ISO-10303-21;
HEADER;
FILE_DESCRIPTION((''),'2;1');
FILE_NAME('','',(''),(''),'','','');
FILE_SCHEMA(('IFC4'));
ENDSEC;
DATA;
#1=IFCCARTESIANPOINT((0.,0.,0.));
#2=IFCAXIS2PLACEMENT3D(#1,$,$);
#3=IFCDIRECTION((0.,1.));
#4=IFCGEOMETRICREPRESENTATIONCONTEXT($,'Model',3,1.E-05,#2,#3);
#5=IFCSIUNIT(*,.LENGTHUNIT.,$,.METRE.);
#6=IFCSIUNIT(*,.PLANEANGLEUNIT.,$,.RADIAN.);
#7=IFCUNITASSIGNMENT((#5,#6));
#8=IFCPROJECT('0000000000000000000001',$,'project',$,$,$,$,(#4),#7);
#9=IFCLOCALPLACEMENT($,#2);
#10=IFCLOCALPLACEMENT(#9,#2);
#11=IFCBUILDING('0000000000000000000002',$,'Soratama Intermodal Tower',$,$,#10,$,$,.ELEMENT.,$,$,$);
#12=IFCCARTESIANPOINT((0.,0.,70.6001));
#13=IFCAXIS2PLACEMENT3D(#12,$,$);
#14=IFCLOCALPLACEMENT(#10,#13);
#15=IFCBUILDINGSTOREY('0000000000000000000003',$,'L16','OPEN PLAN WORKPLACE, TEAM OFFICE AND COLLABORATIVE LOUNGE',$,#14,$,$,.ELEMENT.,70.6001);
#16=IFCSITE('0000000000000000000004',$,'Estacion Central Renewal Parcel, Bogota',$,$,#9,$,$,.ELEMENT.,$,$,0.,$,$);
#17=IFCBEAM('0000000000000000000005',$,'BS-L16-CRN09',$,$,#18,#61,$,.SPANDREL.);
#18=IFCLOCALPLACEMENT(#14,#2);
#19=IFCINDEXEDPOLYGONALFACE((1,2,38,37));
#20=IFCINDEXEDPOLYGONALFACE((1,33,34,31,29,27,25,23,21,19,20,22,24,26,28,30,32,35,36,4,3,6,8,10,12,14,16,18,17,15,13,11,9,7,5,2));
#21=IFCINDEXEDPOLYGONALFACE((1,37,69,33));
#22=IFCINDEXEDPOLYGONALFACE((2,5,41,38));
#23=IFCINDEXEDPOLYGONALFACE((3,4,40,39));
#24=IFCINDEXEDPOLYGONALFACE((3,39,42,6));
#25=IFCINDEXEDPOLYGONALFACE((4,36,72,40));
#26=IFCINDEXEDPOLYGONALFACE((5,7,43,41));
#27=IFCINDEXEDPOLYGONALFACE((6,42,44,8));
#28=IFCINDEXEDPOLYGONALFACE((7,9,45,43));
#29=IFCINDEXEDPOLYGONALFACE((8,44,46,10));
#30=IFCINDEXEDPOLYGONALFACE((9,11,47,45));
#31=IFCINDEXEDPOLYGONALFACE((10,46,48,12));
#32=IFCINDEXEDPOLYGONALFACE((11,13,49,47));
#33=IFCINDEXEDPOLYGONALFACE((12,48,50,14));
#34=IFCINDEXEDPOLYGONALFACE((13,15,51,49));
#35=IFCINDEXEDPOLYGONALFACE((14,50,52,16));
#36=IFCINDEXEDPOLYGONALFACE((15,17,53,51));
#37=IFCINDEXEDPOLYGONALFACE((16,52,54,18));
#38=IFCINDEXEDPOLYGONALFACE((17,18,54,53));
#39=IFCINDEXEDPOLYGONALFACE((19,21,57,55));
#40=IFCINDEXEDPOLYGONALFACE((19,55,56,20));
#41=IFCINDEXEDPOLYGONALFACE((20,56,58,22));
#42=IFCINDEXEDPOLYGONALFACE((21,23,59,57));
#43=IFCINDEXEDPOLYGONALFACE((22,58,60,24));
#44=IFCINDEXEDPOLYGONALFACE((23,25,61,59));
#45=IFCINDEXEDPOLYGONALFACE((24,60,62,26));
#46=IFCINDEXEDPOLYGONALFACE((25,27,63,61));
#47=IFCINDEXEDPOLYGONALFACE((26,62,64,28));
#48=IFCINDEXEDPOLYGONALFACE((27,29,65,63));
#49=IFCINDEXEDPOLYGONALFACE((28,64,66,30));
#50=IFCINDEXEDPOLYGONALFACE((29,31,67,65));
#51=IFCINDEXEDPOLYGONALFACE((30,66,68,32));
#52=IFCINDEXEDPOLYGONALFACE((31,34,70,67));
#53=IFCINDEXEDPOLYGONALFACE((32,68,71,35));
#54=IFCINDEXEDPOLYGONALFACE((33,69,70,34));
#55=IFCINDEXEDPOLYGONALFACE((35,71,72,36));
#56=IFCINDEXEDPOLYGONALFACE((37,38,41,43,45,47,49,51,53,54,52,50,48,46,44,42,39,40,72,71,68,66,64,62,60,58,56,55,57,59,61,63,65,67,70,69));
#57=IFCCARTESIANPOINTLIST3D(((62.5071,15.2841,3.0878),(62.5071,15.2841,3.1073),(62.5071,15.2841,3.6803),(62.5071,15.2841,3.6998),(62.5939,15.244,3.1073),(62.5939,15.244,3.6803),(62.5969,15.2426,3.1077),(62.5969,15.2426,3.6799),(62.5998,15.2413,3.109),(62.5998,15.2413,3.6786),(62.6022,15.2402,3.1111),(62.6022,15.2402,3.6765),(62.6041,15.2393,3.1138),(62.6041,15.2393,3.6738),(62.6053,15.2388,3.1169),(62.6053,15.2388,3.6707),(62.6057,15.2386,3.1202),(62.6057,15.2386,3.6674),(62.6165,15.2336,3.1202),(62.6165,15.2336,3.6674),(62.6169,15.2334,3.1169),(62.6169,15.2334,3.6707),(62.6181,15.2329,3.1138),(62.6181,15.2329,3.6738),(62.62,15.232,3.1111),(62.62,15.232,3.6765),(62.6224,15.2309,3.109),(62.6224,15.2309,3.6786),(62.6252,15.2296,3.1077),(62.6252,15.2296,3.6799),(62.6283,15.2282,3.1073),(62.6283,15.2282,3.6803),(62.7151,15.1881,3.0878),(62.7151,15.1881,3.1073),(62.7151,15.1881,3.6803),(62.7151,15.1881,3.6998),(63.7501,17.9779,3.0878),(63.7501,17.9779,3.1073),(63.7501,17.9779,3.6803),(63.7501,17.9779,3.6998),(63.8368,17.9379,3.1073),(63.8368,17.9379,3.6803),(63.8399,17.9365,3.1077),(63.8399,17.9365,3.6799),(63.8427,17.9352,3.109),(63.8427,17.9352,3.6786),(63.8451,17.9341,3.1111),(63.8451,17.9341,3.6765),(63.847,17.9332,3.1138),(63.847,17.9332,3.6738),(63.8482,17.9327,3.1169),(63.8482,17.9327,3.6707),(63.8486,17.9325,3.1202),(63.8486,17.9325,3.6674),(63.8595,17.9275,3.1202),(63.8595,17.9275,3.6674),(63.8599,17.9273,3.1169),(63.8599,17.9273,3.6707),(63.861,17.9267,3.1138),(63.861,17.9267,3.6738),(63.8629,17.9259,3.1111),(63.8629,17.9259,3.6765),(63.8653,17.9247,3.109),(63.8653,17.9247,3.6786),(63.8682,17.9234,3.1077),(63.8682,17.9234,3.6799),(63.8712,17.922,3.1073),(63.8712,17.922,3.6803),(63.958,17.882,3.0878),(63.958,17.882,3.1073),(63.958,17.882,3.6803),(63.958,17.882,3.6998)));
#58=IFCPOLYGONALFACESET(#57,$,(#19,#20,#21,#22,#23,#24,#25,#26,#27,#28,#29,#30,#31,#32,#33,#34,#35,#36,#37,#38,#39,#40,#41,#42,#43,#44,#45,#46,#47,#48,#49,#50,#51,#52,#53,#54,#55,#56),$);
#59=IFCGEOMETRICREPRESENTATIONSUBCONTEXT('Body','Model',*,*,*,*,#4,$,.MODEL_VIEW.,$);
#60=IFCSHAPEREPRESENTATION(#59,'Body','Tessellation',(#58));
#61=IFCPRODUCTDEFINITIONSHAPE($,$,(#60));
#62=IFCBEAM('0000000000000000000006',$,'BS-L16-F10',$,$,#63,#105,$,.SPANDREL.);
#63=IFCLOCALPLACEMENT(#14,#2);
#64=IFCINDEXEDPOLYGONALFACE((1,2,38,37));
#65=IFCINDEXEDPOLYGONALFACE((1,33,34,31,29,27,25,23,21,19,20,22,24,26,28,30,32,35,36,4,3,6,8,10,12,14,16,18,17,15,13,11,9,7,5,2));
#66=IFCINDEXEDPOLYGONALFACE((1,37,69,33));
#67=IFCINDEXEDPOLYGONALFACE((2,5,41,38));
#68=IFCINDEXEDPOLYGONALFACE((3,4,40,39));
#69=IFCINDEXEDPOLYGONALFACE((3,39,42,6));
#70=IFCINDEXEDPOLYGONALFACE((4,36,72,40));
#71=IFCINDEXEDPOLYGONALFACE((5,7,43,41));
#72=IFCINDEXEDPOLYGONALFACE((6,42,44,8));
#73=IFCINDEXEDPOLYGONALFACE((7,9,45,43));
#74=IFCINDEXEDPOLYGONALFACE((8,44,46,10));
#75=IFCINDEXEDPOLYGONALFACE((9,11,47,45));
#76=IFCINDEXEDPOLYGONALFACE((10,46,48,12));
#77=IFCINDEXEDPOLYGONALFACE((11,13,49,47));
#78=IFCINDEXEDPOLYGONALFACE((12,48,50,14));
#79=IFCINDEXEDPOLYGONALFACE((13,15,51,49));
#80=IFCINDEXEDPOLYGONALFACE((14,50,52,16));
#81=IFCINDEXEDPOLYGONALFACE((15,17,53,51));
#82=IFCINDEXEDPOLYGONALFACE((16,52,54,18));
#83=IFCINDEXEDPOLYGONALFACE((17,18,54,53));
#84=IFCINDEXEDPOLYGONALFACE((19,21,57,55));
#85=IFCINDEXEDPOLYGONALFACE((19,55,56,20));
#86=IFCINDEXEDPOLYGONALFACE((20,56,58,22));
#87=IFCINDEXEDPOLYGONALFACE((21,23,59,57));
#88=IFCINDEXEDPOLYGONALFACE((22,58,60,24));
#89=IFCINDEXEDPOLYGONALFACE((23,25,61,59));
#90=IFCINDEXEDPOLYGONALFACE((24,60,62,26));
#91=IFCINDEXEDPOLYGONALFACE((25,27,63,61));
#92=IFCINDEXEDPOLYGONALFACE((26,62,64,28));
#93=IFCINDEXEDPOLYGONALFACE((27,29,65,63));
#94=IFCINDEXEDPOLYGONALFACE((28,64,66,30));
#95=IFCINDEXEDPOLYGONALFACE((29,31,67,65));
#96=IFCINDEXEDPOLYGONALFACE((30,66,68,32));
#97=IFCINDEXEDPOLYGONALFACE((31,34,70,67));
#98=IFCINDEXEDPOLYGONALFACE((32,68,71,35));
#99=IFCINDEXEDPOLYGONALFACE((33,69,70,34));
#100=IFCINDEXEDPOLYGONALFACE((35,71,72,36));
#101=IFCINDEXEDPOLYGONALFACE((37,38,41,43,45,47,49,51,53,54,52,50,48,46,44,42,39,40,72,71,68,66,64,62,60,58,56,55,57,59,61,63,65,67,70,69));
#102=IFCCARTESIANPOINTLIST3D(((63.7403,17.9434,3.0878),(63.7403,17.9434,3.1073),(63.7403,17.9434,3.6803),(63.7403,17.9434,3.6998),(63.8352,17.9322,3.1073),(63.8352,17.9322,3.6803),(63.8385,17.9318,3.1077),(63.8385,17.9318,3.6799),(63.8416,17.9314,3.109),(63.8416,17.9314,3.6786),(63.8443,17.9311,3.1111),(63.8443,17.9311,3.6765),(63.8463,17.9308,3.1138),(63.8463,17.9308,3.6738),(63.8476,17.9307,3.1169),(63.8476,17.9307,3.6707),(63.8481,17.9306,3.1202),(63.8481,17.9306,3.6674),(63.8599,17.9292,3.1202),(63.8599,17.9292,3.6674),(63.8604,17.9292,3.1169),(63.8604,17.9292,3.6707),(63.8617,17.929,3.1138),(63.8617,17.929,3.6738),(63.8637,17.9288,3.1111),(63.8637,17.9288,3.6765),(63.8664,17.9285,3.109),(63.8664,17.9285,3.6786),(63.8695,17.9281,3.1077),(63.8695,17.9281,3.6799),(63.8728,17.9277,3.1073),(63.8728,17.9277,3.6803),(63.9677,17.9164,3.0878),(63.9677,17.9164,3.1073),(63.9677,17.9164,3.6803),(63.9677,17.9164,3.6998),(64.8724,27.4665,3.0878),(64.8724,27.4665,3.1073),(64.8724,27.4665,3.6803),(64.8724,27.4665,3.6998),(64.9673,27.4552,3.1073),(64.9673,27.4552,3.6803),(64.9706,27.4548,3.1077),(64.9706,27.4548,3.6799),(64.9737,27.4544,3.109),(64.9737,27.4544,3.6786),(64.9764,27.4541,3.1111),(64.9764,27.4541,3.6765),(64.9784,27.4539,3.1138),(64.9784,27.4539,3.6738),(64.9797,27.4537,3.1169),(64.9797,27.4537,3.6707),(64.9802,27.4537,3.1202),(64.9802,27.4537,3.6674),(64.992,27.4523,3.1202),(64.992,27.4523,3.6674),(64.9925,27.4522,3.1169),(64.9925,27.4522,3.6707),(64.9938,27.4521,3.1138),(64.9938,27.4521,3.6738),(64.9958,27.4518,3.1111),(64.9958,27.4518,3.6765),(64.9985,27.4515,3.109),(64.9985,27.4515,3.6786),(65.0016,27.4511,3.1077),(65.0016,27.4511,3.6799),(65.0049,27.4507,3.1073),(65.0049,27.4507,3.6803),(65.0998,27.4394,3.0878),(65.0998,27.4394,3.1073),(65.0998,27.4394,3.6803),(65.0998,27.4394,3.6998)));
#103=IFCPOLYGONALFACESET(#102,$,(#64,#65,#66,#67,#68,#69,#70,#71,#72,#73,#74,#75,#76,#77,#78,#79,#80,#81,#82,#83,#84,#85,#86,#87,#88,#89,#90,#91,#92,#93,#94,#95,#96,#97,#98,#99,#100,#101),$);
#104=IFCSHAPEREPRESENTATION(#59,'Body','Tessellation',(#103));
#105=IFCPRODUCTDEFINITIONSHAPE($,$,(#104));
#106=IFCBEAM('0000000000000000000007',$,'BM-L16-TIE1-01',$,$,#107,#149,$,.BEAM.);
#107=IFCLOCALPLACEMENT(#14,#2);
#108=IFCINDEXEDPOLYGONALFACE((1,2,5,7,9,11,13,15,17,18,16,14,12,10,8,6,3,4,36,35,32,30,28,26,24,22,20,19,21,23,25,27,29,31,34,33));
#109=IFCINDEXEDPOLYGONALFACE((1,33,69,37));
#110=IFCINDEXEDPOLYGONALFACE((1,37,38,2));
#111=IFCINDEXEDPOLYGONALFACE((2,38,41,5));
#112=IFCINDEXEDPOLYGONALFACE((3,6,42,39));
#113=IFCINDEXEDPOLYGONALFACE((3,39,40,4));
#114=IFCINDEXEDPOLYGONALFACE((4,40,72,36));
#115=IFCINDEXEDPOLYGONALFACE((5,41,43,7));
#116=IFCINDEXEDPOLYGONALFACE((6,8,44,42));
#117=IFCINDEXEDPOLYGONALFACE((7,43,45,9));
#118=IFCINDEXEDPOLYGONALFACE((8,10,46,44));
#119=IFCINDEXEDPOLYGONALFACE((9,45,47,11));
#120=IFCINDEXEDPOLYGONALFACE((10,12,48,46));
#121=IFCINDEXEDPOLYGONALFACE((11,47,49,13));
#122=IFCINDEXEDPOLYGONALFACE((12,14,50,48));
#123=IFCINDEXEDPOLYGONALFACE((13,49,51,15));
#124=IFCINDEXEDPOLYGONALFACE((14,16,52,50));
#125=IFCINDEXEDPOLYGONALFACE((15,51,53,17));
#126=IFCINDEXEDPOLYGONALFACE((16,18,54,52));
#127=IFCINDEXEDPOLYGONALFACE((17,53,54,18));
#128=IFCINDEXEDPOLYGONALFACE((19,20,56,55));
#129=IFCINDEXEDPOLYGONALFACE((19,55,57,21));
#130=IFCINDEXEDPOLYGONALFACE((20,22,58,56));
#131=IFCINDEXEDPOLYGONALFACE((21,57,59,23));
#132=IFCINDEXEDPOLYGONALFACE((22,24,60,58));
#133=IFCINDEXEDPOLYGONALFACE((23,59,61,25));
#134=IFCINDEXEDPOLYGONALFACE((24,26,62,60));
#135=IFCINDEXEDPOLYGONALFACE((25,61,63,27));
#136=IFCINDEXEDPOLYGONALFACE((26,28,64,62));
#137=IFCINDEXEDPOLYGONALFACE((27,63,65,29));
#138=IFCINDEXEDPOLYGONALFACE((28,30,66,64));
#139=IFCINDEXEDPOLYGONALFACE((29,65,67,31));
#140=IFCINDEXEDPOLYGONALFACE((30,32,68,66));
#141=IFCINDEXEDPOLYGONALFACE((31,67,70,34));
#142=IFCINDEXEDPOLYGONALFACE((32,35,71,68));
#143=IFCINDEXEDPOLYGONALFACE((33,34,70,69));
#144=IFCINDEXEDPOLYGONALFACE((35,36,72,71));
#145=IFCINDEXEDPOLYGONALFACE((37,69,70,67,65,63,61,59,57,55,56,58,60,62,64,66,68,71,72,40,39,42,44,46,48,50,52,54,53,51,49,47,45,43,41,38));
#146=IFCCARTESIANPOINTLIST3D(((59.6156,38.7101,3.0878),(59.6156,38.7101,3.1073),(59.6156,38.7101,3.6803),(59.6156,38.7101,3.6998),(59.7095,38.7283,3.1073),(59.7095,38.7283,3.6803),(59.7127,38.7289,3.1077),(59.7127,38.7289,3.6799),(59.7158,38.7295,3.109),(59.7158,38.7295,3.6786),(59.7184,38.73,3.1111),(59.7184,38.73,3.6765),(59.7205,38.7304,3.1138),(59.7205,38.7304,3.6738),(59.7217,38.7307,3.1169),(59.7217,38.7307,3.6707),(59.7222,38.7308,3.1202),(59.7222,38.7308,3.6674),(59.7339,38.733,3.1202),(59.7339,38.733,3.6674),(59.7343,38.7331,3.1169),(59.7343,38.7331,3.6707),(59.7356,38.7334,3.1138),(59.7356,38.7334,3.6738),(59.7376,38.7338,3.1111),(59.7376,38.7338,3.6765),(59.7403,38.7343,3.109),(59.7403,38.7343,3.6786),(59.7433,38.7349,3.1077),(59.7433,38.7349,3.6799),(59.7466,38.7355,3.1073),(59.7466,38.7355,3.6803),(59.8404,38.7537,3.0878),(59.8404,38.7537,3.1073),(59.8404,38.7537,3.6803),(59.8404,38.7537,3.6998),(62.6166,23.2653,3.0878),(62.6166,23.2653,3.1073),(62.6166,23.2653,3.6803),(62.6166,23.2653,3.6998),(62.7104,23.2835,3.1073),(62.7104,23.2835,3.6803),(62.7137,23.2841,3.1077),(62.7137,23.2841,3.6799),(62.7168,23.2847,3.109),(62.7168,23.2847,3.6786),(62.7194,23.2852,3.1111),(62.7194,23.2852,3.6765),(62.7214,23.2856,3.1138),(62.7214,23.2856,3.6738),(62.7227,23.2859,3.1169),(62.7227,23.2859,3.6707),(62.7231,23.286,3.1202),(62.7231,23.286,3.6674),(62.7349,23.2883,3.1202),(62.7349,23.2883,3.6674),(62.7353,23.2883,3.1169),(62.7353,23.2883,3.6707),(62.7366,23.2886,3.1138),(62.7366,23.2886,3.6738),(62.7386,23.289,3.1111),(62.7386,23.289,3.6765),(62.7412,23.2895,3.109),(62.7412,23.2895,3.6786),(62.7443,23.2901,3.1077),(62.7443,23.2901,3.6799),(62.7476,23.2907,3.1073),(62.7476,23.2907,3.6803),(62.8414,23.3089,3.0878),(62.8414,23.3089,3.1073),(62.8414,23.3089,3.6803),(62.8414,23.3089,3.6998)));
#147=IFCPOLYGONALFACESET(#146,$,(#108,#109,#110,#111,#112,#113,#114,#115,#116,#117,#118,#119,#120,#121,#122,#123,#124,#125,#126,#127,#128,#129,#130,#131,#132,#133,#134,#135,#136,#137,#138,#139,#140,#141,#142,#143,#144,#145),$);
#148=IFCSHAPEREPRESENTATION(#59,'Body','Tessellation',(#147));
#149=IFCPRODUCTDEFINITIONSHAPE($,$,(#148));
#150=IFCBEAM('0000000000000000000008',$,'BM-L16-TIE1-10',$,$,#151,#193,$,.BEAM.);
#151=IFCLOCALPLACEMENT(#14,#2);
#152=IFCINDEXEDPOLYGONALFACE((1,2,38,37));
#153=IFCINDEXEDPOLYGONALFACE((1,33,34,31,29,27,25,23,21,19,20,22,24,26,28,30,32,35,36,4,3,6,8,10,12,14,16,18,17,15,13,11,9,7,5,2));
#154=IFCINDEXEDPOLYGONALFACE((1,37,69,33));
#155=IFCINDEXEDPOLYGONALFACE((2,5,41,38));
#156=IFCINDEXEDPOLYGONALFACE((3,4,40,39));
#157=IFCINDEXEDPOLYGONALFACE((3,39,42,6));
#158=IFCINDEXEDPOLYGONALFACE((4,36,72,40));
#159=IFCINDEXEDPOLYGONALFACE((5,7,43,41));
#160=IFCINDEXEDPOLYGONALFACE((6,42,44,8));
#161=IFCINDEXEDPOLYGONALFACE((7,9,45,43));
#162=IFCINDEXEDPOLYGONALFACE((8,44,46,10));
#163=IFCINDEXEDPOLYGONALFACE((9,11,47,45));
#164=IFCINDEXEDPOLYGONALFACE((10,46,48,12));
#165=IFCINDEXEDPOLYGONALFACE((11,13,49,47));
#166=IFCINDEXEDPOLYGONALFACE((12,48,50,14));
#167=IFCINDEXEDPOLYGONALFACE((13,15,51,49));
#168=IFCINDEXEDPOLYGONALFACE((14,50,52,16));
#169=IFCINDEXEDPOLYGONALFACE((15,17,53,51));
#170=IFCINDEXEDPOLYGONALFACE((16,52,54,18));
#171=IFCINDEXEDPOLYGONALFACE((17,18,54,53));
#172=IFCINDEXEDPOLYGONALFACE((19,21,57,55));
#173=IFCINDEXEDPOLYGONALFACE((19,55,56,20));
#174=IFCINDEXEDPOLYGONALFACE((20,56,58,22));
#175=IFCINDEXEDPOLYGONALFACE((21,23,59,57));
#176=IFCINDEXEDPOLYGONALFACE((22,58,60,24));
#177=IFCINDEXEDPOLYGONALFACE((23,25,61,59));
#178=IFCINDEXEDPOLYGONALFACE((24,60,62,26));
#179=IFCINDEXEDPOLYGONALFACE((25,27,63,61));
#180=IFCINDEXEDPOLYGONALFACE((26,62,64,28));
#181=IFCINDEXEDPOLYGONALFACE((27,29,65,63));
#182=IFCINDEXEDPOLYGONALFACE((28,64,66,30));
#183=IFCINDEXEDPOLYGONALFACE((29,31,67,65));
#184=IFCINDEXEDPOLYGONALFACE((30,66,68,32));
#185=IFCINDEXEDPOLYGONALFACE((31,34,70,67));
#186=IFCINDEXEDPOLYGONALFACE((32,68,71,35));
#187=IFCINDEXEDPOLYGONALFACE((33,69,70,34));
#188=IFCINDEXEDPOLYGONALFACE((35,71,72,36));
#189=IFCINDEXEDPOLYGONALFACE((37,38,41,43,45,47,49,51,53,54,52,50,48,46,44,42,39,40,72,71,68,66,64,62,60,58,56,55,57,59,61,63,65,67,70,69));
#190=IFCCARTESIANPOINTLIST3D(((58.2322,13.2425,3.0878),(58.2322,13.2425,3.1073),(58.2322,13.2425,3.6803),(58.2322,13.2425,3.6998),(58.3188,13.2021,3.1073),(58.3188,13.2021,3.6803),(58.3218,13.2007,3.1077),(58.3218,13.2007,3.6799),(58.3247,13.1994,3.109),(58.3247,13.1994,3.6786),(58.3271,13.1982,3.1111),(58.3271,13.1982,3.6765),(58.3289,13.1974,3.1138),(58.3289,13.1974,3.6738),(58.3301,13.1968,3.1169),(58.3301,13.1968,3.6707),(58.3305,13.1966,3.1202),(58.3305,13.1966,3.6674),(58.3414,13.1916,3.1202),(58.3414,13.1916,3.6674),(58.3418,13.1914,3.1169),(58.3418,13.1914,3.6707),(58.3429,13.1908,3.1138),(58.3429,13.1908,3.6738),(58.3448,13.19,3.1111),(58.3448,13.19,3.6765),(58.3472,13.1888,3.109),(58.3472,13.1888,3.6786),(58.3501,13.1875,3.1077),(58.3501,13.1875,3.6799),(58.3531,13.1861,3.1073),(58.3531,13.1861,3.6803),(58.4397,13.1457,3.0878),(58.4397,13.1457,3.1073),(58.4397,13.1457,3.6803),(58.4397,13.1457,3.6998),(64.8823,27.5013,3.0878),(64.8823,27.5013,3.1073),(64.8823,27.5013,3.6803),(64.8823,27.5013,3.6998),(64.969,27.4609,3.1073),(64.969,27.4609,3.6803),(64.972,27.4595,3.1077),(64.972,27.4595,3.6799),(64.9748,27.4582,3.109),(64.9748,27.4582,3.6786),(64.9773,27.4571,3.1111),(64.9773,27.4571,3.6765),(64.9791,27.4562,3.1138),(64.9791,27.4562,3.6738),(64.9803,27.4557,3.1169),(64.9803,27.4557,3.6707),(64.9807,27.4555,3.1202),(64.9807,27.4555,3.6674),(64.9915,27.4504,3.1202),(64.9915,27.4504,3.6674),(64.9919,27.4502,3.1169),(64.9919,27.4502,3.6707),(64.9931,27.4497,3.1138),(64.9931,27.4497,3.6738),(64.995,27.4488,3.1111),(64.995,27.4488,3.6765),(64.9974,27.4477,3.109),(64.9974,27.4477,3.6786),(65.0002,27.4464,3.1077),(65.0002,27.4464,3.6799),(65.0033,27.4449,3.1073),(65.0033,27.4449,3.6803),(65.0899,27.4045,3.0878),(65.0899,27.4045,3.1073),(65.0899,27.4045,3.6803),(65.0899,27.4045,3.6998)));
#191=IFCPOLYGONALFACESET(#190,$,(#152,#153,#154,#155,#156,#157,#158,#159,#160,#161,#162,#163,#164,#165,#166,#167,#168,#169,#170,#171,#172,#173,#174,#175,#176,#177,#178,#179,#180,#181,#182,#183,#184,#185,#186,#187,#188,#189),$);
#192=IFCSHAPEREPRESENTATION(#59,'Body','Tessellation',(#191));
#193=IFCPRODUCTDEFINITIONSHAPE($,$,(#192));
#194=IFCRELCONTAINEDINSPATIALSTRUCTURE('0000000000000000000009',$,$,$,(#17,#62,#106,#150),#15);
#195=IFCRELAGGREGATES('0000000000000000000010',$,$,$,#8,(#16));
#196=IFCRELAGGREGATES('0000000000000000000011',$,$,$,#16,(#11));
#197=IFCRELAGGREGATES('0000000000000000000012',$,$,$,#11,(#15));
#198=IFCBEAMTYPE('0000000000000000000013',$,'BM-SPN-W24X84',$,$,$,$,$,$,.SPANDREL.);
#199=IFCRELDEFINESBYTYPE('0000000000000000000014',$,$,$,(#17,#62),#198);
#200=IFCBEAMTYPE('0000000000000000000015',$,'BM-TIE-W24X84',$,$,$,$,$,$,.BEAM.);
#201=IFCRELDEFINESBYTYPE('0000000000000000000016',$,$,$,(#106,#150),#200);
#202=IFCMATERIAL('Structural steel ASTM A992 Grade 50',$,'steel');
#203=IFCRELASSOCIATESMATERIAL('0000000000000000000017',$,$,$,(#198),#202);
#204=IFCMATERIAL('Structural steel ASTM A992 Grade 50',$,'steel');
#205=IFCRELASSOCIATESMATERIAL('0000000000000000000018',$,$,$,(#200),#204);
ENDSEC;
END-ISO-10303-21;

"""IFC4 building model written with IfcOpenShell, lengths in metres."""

from ifc_helpers import new_model, si_unit, direction, frame, origin, origin_2d, place, context, subcontext, project, spatial, i_section, extrude, material, material_profile, profile_set, type_object, element, save


model = new_model("IFC4")

# Units and contexts
model_context = context("Model", 3, precision=1e-05, world=origin(), true_north=direction((0.0, 1.0)))
body_context = subcontext(model_context, "Body", "Model", "MODEL_VIEW")
ifc_project = project(units=[si_unit("LENGTHUNIT", "METRE"), si_unit("PLANEANGLEUNIT", "RADIAN")], contexts=[model_context])

# Site, building, storey
site_placement = place(None, origin())
site = spatial("IfcSite", under=ifc_project, at=site_placement, Name="Estacion Central Renewal Parcel, Bogota", CompositionType="ELEMENT", RefElevation=0.0)
building_placement = place(site_placement, origin())
building = spatial("IfcBuilding", under=site, at=building_placement, Name="Soratama Intermodal Tower", CompositionType="ELEMENT")
storey_placement = place(building_placement, frame((0.0, 0.0, 70.6001)))
storey = spatial("IfcBuildingStorey", under=building, at=storey_placement, Name="L16", Description="OPEN PLAN WORKPLACE, TEAM OFFICE AND COLLABORATIVE LOUNGE", CompositionType="ELEMENT", Elevation=70.6001)

# Beams
ifc_material_1 = material(Name="Structural steel ASTM A992 Grade 50", Category="steel")
ifc_material_profile_1 = material_profile(ifc_material_1, i_section(OverallWidth=0.229, OverallDepth=0.6121, WebThickness=0.012, FlangeThickness=0.0195, FilletRadius=0.0129, at=origin_2d()), Name="W24X84")
ifc_profile_set_1 = profile_set([ifc_material_profile_1], Name="Structural steel ASTM A992 Grade 50")
beam_type_1 = type_object("IfcBeamType", Name="BM-SPN-W24X84", PredefinedType="SPANDREL", material=ifc_profile_set_1)
beam_1_placement = place(storey_placement, frame((62.6111, 15.2361, 3.3938), z_axis=(0.418949, 0.90801, 0.0), x_axis=(-0.90801, 0.418949, 0.0)))
element("IfcBeam", 1, at=beam_1_placement, inside=storey, type_object=beam_type_1, Name="BS-L16-CRN09", PredefinedType="SPANDREL", context=body_context, shape_type="SweptSolid", body=[
    extrude(i_section(OverallWidth=0.229, OverallDepth=0.6121, WebThickness=0.012, FlangeThickness=0.0195, FilletRadius=0.0129, at=origin_2d()), origin(), (0.0, 0.0, 1.0), 2.9668),
])
beam_2_placement = place(storey_placement, frame((63.854, 17.9299, 3.3938), z_axis=(0.118048, 0.993008, 0.0), x_axis=(-0.993008, 0.118048, 0.0)))
element("IfcBeam", 2, at=beam_2_placement, inside=storey, type_object=beam_type_1, Name="BS-L16-F10", PredefinedType="SPANDREL", context=body_context, shape_type="SweptSolid", body=[
    extrude(i_section(OverallWidth=0.229, OverallDepth=0.6121, WebThickness=0.012, FlangeThickness=0.0195, FilletRadius=0.0129, at=origin_2d()), origin(), (0.0, 0.0, 1.0), 9.5901),
])
ifc_material_2 = material(Name="Structural steel ASTM A992 Grade 50", Category="steel")
ifc_material_profile_2 = material_profile(ifc_material_2, i_section(OverallWidth=0.229, OverallDepth=0.6121, WebThickness=0.012, FlangeThickness=0.0195, FilletRadius=0.0129, at=origin_2d()), Name="W24X84")
ifc_profile_set_2 = profile_set([ifc_material_profile_2], Name="Structural steel ASTM A992 Grade 50")
beam_type_2 = type_object("IfcBeamType", Name="BM-TIE-W24X84", PredefinedType="BEAM", material=ifc_profile_set_2)
beam_3_placement = place(storey_placement, frame((62.729, 23.2871, 3.3938), z_axis=(-0.190736, 0.981641, 0.0), x_axis=(-0.981641, -0.190736, 0.0)))
element("IfcBeam", 3, at=beam_3_placement, inside=storey, type_object=beam_type_2, Name="BM-L16-TIE1-01", PredefinedType="BEAM", context=body_context, shape_type="SweptSolid", body=[
    extrude(i_section(OverallWidth=0.229, OverallDepth=0.6121, WebThickness=0.012, FlangeThickness=0.0195, FilletRadius=0.0129, at=origin_2d()), origin(), (0.0, 0.0, 1.0), 15.7336),
])
beam_4_placement = place(storey_placement, frame((58.3359, 13.1941, 3.3938), z_axis=(0.422679, 0.906279, 0.0), x_axis=(-0.906279, 0.422679, 0.0)))
element("IfcBeam", 4, at=beam_4_placement, inside=storey, type_object=beam_type_2, Name="BM-L16-TIE1-10", PredefinedType="BEAM", context=body_context, shape_type="SweptSolid", body=[
    extrude(i_section(OverallWidth=0.229, OverallDepth=0.6121, WebThickness=0.012, FlangeThickness=0.0195, FilletRadius=0.0129, at=origin_2d()), origin(), (0.0, 0.0, 1.0), 15.7334),
])

save(model, "model.ifc")
